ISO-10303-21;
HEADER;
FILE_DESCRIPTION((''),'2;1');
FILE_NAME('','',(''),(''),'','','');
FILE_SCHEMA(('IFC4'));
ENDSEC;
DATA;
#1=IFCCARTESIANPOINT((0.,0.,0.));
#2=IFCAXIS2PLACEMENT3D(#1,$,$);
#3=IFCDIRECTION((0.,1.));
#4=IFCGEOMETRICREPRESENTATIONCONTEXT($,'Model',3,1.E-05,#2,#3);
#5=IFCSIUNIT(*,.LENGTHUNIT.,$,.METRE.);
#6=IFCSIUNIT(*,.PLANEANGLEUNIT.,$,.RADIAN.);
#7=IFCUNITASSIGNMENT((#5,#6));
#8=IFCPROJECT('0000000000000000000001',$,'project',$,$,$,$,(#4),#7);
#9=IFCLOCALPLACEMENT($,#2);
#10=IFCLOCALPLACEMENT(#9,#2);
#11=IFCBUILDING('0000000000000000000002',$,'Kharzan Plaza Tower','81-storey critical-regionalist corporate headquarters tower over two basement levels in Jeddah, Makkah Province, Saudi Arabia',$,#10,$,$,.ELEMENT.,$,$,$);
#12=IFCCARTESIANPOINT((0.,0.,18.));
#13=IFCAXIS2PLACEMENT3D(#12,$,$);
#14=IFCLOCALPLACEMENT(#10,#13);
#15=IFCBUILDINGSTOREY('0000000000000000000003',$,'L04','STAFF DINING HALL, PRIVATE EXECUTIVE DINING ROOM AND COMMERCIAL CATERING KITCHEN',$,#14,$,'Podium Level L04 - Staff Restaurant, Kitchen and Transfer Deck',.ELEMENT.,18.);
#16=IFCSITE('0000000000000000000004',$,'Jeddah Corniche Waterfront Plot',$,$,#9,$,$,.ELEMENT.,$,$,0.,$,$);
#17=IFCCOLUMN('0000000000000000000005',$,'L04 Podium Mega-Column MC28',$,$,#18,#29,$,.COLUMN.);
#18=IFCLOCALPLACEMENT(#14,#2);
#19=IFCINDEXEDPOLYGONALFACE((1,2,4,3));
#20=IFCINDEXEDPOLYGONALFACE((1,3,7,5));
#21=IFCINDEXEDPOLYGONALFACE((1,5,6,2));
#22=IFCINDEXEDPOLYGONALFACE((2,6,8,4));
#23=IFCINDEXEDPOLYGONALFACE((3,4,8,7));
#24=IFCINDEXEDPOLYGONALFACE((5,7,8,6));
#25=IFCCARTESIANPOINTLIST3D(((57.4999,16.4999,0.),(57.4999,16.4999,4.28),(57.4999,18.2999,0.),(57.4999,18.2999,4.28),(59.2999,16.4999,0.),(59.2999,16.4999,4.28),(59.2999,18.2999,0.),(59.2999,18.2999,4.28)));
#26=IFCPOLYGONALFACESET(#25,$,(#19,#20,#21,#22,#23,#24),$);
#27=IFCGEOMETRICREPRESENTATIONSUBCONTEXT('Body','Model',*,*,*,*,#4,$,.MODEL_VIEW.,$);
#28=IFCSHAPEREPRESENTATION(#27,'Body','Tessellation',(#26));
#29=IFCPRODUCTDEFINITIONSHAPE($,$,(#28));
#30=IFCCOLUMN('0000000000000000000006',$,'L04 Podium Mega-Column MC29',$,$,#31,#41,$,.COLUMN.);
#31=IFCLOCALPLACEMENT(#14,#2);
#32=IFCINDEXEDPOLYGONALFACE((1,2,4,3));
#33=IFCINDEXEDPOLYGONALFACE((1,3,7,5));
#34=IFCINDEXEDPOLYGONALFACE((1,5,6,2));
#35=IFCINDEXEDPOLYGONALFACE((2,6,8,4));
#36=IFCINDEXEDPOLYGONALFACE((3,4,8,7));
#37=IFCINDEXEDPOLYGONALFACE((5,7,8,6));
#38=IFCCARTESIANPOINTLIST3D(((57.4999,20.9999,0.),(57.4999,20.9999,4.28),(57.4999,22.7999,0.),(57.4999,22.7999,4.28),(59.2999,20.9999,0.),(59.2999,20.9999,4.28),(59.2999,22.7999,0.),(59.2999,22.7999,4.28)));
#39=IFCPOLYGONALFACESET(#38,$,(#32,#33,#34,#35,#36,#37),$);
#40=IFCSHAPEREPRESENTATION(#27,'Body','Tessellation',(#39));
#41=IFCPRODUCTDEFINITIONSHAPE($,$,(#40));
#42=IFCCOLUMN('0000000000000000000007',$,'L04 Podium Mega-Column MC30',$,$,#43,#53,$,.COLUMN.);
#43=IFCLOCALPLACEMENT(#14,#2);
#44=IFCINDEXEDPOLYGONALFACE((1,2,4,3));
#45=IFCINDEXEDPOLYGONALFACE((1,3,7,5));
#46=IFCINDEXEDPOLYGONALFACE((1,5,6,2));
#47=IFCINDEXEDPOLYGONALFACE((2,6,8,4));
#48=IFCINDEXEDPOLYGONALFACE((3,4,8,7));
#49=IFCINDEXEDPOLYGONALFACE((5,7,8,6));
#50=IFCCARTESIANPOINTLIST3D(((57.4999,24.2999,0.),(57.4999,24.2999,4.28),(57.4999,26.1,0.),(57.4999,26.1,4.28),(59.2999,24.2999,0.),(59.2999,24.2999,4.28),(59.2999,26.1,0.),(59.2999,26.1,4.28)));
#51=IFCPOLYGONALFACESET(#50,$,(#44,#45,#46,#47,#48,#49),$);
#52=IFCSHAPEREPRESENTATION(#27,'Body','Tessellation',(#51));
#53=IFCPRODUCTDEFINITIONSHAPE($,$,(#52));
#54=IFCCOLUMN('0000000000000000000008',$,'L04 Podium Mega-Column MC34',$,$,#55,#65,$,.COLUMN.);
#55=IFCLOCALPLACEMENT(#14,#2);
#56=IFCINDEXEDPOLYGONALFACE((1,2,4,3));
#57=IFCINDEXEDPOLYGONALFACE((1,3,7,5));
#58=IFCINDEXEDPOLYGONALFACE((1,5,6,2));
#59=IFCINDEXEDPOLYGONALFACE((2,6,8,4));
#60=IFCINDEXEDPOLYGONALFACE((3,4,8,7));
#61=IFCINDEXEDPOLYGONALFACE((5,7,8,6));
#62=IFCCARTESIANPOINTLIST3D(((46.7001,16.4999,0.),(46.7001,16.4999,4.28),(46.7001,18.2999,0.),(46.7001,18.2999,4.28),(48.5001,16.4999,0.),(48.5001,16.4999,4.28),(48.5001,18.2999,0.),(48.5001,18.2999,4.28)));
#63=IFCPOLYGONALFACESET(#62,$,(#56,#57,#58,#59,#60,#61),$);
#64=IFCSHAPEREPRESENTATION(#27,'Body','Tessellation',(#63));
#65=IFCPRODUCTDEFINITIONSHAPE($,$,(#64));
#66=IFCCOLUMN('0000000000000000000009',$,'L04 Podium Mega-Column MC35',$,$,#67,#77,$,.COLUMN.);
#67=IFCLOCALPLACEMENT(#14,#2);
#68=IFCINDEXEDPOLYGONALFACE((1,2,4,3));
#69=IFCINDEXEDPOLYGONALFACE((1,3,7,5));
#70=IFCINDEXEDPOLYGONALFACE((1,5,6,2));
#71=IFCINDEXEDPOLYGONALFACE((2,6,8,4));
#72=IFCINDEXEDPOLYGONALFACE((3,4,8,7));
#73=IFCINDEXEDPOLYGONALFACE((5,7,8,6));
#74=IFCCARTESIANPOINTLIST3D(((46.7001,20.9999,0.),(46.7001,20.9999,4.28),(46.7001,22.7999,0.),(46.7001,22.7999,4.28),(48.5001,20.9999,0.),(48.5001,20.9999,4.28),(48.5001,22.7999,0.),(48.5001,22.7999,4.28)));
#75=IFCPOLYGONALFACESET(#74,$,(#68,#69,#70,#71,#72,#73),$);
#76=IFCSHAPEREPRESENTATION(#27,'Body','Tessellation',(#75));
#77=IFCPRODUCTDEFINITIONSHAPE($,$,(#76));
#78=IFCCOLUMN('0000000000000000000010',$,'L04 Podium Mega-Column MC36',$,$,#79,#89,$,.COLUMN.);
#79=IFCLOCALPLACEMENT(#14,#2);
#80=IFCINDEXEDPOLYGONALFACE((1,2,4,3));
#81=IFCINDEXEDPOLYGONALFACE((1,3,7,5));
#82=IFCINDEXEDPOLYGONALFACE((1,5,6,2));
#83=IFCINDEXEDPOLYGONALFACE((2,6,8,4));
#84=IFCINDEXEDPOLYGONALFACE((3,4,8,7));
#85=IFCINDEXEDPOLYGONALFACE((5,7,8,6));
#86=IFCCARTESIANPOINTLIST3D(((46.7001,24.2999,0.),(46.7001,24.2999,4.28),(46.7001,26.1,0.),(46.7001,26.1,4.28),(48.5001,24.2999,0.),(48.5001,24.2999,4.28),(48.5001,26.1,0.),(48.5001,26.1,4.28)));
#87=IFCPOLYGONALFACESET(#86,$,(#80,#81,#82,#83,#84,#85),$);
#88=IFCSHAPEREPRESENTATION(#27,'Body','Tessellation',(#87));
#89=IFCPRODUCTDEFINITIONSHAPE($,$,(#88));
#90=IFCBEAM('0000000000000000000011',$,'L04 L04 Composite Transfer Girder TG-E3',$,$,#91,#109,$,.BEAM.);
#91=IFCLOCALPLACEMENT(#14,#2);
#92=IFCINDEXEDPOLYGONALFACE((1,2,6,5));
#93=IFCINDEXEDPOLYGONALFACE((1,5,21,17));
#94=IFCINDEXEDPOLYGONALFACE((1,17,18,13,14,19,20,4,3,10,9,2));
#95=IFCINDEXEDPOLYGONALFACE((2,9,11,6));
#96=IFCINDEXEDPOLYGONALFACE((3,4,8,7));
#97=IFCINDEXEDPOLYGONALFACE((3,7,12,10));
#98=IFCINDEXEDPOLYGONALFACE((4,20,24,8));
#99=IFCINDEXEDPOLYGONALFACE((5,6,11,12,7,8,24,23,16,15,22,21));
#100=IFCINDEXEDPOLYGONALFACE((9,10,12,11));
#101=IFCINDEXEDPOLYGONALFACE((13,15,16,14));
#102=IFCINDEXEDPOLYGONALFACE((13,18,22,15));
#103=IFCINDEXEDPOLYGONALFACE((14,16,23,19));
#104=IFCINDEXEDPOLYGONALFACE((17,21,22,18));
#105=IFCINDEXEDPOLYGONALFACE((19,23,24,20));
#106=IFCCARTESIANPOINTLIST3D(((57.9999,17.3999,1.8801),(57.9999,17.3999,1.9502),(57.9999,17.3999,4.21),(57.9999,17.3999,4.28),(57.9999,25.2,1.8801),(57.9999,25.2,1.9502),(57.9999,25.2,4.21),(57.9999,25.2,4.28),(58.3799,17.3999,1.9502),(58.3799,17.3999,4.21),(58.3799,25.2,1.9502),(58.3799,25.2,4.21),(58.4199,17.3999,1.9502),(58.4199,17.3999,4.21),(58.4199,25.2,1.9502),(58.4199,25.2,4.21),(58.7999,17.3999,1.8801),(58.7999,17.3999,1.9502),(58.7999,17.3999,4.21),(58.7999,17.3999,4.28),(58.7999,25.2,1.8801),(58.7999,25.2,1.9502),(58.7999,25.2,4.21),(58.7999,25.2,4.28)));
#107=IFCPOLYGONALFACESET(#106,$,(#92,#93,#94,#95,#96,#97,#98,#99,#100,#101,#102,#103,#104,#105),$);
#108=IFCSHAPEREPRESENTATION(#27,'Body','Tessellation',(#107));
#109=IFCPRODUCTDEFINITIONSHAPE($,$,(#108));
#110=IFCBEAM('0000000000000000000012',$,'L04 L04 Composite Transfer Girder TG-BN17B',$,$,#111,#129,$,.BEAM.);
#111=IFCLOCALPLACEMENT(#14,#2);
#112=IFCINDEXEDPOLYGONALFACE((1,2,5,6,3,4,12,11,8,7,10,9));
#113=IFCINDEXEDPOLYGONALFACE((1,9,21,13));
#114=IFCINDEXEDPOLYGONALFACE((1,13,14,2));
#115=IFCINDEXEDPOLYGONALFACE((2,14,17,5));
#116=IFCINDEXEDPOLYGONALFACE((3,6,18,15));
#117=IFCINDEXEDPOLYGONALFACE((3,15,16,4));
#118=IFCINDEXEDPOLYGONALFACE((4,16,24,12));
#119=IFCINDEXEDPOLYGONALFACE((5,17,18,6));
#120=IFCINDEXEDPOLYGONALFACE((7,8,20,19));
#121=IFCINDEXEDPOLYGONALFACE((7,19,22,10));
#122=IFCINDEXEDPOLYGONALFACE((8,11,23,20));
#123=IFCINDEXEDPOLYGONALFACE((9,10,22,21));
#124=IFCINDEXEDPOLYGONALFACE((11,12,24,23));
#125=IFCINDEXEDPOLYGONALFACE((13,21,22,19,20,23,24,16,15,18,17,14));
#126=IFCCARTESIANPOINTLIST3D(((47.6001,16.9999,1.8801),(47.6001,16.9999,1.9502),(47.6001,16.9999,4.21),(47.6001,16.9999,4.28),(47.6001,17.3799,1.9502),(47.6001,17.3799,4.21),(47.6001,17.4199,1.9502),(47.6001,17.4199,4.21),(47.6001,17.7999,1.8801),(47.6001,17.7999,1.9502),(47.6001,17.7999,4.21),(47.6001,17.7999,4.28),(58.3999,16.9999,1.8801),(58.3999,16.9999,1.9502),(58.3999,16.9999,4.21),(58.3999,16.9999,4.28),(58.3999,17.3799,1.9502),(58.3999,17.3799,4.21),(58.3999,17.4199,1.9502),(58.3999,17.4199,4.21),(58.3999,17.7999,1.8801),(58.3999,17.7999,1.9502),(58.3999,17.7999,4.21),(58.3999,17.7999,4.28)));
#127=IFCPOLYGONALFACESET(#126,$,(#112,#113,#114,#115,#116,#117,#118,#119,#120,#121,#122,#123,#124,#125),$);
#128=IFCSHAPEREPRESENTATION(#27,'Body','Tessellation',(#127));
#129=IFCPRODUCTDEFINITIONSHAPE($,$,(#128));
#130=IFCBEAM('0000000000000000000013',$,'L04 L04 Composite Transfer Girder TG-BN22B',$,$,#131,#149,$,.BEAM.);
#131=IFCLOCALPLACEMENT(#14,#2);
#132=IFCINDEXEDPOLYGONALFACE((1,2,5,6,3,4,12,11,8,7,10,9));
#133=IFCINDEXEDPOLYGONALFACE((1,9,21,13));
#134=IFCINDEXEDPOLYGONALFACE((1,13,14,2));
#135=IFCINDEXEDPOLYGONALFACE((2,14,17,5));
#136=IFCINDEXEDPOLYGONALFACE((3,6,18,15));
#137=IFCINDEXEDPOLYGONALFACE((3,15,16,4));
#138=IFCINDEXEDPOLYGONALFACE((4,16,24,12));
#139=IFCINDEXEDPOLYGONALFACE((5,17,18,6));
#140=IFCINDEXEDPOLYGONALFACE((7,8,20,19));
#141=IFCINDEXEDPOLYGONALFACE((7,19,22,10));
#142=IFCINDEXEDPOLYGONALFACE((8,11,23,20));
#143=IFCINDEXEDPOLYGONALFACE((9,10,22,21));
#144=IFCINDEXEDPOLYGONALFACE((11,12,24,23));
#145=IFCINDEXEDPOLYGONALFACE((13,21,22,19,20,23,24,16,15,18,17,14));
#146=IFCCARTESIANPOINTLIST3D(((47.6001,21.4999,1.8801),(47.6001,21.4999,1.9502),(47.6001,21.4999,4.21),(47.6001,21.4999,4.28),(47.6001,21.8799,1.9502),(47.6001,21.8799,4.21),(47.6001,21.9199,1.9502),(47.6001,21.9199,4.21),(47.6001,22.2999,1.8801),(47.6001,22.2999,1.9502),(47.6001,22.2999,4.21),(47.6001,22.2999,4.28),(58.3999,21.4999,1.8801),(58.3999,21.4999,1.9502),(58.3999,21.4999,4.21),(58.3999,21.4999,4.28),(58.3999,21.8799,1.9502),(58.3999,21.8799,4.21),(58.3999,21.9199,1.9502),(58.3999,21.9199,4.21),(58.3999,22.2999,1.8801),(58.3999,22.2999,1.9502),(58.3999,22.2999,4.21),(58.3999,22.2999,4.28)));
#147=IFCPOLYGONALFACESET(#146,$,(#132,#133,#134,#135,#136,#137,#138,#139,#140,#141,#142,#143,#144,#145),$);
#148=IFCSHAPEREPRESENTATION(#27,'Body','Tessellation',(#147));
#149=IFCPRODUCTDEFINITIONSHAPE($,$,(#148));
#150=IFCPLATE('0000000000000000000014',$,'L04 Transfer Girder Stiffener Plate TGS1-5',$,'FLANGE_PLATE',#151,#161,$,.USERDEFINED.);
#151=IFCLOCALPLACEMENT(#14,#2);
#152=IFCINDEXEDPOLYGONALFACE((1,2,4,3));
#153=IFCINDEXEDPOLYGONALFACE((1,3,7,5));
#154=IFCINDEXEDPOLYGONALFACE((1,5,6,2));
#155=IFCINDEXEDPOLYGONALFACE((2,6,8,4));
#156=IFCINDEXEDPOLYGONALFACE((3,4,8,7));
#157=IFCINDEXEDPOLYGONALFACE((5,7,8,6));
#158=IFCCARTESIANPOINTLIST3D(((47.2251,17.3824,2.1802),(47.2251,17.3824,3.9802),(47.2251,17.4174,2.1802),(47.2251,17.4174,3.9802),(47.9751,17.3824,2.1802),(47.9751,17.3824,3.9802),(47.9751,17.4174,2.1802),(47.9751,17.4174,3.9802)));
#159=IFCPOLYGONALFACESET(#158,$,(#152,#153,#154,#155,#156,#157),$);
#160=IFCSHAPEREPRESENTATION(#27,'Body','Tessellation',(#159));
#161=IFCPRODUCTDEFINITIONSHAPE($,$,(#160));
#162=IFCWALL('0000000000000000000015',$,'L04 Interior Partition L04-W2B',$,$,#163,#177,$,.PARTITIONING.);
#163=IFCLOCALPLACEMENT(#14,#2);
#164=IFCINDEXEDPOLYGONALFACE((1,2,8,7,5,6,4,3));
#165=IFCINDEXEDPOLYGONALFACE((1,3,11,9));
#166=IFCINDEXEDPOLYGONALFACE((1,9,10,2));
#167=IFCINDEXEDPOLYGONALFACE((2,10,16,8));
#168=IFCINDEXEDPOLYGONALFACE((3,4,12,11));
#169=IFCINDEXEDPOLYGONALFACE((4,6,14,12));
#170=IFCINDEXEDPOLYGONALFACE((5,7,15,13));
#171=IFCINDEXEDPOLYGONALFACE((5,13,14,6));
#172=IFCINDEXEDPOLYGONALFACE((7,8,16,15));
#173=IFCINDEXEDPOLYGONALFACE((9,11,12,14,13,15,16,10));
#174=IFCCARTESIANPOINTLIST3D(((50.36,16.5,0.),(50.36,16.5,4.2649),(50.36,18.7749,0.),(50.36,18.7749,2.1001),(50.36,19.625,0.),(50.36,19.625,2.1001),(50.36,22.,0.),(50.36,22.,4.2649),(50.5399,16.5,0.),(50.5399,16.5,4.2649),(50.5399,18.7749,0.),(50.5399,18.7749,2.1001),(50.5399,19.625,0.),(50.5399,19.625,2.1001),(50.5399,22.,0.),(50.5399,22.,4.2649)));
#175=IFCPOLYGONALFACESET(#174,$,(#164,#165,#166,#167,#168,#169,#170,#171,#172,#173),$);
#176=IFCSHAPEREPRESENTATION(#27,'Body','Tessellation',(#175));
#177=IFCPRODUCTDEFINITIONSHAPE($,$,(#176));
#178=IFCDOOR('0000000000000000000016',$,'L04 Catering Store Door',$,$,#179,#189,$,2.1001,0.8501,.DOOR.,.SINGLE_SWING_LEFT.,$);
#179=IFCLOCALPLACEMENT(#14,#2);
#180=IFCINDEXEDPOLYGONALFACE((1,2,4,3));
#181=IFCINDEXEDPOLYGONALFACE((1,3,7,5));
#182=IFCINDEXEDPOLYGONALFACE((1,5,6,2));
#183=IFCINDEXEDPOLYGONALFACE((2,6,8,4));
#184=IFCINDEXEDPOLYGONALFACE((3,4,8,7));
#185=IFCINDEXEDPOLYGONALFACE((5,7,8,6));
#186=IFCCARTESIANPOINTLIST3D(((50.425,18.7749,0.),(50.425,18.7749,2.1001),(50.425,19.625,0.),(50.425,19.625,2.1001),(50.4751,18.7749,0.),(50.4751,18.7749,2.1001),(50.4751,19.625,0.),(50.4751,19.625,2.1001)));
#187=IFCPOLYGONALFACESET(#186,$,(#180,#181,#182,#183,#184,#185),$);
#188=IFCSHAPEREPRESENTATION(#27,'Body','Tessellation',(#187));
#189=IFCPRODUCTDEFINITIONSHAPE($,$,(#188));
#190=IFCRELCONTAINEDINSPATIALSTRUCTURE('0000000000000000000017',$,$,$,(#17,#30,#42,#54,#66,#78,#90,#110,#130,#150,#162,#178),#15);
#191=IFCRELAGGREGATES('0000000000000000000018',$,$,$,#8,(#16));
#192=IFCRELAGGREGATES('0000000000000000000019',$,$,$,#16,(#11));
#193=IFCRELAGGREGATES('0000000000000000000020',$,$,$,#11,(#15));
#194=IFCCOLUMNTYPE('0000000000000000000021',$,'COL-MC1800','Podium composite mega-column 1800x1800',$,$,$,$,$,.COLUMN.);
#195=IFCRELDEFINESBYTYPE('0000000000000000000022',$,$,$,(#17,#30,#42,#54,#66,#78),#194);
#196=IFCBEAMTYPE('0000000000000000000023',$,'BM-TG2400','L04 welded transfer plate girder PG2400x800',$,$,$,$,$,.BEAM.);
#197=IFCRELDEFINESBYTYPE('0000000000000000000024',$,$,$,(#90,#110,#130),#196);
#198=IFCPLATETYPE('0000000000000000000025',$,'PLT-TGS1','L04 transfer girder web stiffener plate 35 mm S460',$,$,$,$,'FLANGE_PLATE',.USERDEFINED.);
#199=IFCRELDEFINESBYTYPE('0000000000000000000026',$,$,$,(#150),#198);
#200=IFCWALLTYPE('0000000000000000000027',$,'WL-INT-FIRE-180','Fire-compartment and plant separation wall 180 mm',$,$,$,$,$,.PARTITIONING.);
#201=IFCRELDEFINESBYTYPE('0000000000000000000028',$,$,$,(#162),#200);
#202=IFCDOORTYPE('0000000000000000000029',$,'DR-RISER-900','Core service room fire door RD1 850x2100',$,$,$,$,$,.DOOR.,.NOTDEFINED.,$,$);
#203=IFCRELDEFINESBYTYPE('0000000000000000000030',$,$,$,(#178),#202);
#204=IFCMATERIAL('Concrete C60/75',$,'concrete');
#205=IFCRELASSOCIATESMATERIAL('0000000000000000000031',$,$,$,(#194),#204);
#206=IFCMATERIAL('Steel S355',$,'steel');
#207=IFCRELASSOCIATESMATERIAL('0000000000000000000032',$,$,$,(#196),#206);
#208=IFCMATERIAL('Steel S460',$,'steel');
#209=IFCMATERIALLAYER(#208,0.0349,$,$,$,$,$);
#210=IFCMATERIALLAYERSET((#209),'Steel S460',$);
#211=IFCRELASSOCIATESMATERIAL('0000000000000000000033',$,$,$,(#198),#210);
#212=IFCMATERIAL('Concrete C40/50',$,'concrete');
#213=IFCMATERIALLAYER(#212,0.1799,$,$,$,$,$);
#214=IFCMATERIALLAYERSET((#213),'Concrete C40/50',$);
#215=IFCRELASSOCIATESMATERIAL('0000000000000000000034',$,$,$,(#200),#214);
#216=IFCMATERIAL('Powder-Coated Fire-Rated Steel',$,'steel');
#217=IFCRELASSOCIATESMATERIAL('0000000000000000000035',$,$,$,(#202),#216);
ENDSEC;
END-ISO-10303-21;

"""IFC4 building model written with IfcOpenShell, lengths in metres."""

from ifc_helpers import new_model, si_unit, direction, frame, frame_2d, origin, origin_2d, place, context, subcontext, project, spatial, rectangle, i_section, extrude, source, transform, mapped, material, layer, layer_set, material_profile, profile_set, type_object, element, fill, save


model = new_model("IFC4")

# Units and contexts
model_context = context("Model", 3, precision=1e-05, world=origin(), true_north=direction((0.0, 1.0)))
body_context = subcontext(model_context, "Body", "Model", "MODEL_VIEW")
ifc_project = project(units=[si_unit("LENGTHUNIT", "METRE"), si_unit("PLANEANGLEUNIT", "RADIAN")], contexts=[model_context])

# Site, building, storey
site_placement = place(None, origin())
site = spatial("IfcSite", under=ifc_project, at=site_placement, Name="Jeddah Corniche Waterfront Plot", CompositionType="ELEMENT", RefElevation=0.0)
building_placement = place(site_placement, origin())
building = spatial("IfcBuilding", under=site, at=building_placement, Name="Kharzan Plaza Tower", Description="81-storey critical-regionalist corporate headquarters tower over two basement levels in Jeddah, Makkah Province, Saudi Arabia", CompositionType="ELEMENT")
storey_placement = place(building_placement, frame((0.0, 0.0, 18.0)))
storey = spatial("IfcBuildingStorey", under=building, at=storey_placement, Name="L04", Description="STAFF DINING HALL, PRIVATE EXECUTIVE DINING ROOM AND COMMERCIAL CATERING KITCHEN", LongName="Podium Level L04 - Staff Restaurant, Kitchen and Transfer Deck", CompositionType="ELEMENT", Elevation=18.0)

# Columns
ifc_material_1 = material(Name="Concrete C60/75", Category="concrete")
ifc_material_profile_1 = material_profile(ifc_material_1, rectangle(XDim=1.8, YDim=1.8, at=origin_2d()), Name="RC-MC1800x1800")
ifc_profile_set_1 = profile_set([ifc_material_profile_1], Name="Concrete C60/75")
column_type = type_object("IfcColumnType", Name="COL-MC1800", Description="Podium composite mega-column 1800x1800", PredefinedType="COLUMN", material=ifc_profile_set_1)
shared_shape_1 = source(origin(), body_context, "Body", "SweptSolid", [
    extrude(rectangle(XDim=1.8, YDim=1.8, at=origin_2d()), origin(), (0.0, 0.0, 1.0), 4.28),
])
for number, where, z_axis, x_axis, name in (
    (1, (58.3999, 17.3999, 0.0), (0.0, 0.0, 1.0), (1.0, 0.0, 0.0), "L04 Podium Mega-Column MC28"),
    (2, (58.3999, 21.8999, 0.0), (0.0, 0.0, 1.0), (1.0, 0.0, 0.0), "L04 Podium Mega-Column MC29"),
    (3, (58.3999, 25.2, 0.0), (0.0, 0.0, 1.0), (1.0, 0.0, 0.0), "L04 Podium Mega-Column MC30"),
    (4, (47.6001, 17.3999, 0.0), (0.0, 0.0, 1.0), (1.0, 0.0, 0.0), "L04 Podium Mega-Column MC34"),
    (5, (47.6001, 21.8999, 0.0), (0.0, 0.0, 1.0), (1.0, 0.0, 0.0), "L04 Podium Mega-Column MC35"),
    (6, (47.6001, 25.2, 0.0), (0.0, 0.0, 1.0), (1.0, 0.0, 0.0), "L04 Podium Mega-Column MC36"),
):
    element("IfcColumn", number, at=place(storey_placement, frame(where, z_axis=z_axis, x_axis=x_axis)), inside=storey, type_object=column_type, Name=name, PredefinedType="COLUMN", context=body_context, shape_type="MappedRepresentation", body=[
        mapped(shared_shape_1, transform((0.0, 0.0, 0.0), x_axis=(1.0, 0.0, 0.0), y_axis=(0.0, 1.0, 0.0), z_axis=(0.0, 0.0, 1.0))),
    ])

# Beams
ifc_material_2 = material(Name="Steel S355", Category="steel")
ifc_material_profile_2 = material_profile(ifc_material_2, i_section(OverallWidth=0.8, OverallDepth=2.3999, WebThickness=0.04, FlangeThickness=0.0701, at=origin_2d()), Name="PG2400x800")
ifc_profile_set_2 = profile_set([ifc_material_profile_2], Name="Steel S355")
beam_type = type_object("IfcBeamType", Name="BM-TG2400", Description="L04 welded transfer plate girder PG2400x800", PredefinedType="BEAM", material=ifc_profile_set_2)
shared_shape_2 = source(origin(), body_context, "Body", "SweptSolid", [
    extrude(i_section(OverallWidth=0.8, OverallDepth=2.3999, WebThickness=0.04, FlangeThickness=0.0701, at=origin_2d()), origin(), (0.0, 0.0, 1.0), 7.8),
])
beam_placement = place(storey_placement, frame((58.3999, 17.3999, 3.0801), z_axis=(0.0, 1.0, 0.0), x_axis=(-1.0, 0.0, 0.0)))
element("IfcBeam", 7, at=beam_placement, inside=storey, type_object=beam_type, Name="L04 L04 Composite Transfer Girder TG-E3", PredefinedType="BEAM", context=body_context, shape_type="MappedRepresentation", body=[
    mapped(shared_shape_2, transform((0.0, 0.0, 0.0), x_axis=(1.0, 0.0, 0.0), y_axis=(0.0, 1.0, 0.0), z_axis=(0.0, 0.0, 1.0))),
])
shared_shape_3 = source(origin(), body_context, "Body", "SweptSolid", [
    extrude(i_section(OverallWidth=0.8, OverallDepth=2.3999, WebThickness=0.04, FlangeThickness=0.0701, at=origin_2d()), origin(), (0.0, 0.0, 1.0), 10.7998),
])
for number, where, z_axis, x_axis, name in (
    (8, (47.6001, 17.3999, 3.0801), (1.0, 0.0, 0.0), (0.0, 1.0, 0.0), "L04 L04 Composite Transfer Girder TG-BN17B"),
    (9, (47.6001, 21.8999, 3.0801), (1.0, 0.0, 0.0), (0.0, 1.0, 0.0), "L04 L04 Composite Transfer Girder TG-BN22B"),
):
    element("IfcBeam", number, at=place(storey_placement, frame(where, z_axis=z_axis, x_axis=x_axis)), inside=storey, type_object=beam_type, Name=name, PredefinedType="BEAM", context=body_context, shape_type="MappedRepresentation", body=[
        mapped(shared_shape_3, transform((0.0, 0.0, 0.0), x_axis=(1.0, 0.0, 0.0), y_axis=(0.0, 1.0, 0.0), z_axis=(0.0, 0.0, 1.0))),
    ])

# Plate
ifc_material_3 = material(Name="Steel S460", Category="steel")
ifc_layer_1 = layer(ifc_material_3, 0.0349)
ifc_layer_set_1 = layer_set([ifc_layer_1], Name="Steel S460")
plate_type = type_object("IfcPlateType", Name="PLT-TGS1", Description="L04 transfer girder web stiffener plate 35 mm S460", ElementType="FLANGE_PLATE", PredefinedType="USERDEFINED", material=ifc_layer_set_1)
shared_shape_4 = source(origin(), body_context, "Body", "SweptSolid", [
    extrude(rectangle(XDim=0.75, YDim=0.0349, at=origin_2d()), origin(), (0.0, 0.0, 1.0), 1.8),
])
plate_placement = place(storey_placement, frame((47.6001, 17.3999, 2.1802), z_axis=(0.0, 0.0, 1.0), x_axis=(1.0, 0.0, 0.0)))
element("IfcPlate", 10, at=plate_placement, inside=storey, type_object=plate_type, Name="L04 Transfer Girder Stiffener Plate TGS1-5", ObjectType="FLANGE_PLATE", PredefinedType="USERDEFINED", context=body_context, shape_type="MappedRepresentation", body=[
    mapped(shared_shape_4, transform((0.0, 0.0, 0.0), x_axis=(1.0, 0.0, 0.0), y_axis=(0.0, 1.0, 0.0), z_axis=(0.0, 0.0, 1.0))),
])

# Wall, opening, door
ifc_material_4 = material(Name="Concrete C40/50", Category="concrete")
ifc_layer_2 = layer(ifc_material_4, 0.1799)
ifc_layer_set_2 = layer_set([ifc_layer_2], Name="Concrete C40/50")
wall_type_1 = type_object("IfcWallType", Name="WL-INT-FIRE-180", Description="Fire-compartment and plant separation wall 180 mm", PredefinedType="PARTITIONING", material=ifc_layer_set_2)
wall_1_placement = place(storey_placement, frame((50.45, 16.5, 0.0), z_axis=(0.0, 0.0, 1.0), x_axis=(0.0, 1.0, 0.0)))
wall_1 = element("IfcWall", 11, at=wall_1_placement, inside=storey, type_object=wall_type_1, Name="L04 Interior Partition L04-W2B", PredefinedType="PARTITIONING", context=body_context, shape_type="SweptSolid", body=[
    extrude(rectangle(XDim=5.5, YDim=0.1799, at=frame_2d((2.75, 0.0))), origin(), (0.0, 0.0, 1.0), 4.2649),
])
opening_1_placement = place(wall_1_placement, frame((2.2749, 0.0, 0.0)))
opening_1 = element("IfcOpeningElement", 12, at=opening_1_placement, cuts=wall_1, PredefinedType="OPENING", context=body_context, shape_type="SweptSolid", body=[
    extrude(rectangle(XDim=0.8501, YDim=2.1001, at=frame_2d((0.425, 1.05))), frame((0.0, 0.0999, 0.0), z_axis=(0.0, -1.0, 0.0), x_axis=(1.0, 0.0, 0.0)), (0.0, 0.0, 1.0), 0.2),
])
ifc_material_5 = material(Name="Powder-Coated Fire-Rated Steel", Category="steel")
door_type = type_object("IfcDoorType", Name="DR-RISER-900", Description="Core service room fire door RD1 850x2100", OperationType="NOTDEFINED", PredefinedType="DOOR", material=ifc_material_5)
shared_shape_5 = source(origin(), body_context, "Body", "SweptSolid", [
    extrude(rectangle(XDim=0.8501, YDim=2.1001, at=frame_2d((0.425, 1.05))), frame((0.0, 0.0249, 0.0), z_axis=(0.0, -1.0, 0.0), x_axis=(1.0, 0.0, 0.0)), (0.0, 0.0, 1.0), 0.05),
])
door_placement = place(opening_1_placement, origin())
door = element("IfcDoor", 13, at=door_placement, inside=storey, type_object=door_type, Name="L04 Catering Store Door", OperationType="SINGLE_SWING_LEFT", OverallHeight=2.1001, OverallWidth=0.8501, PredefinedType="DOOR", context=body_context, shape_type="MappedRepresentation", body=[
    mapped(shared_shape_5, transform((0.0, 0.0, 0.0), x_axis=(1.0, 0.0, 0.0), y_axis=(0.0, 1.0, 0.0), z_axis=(0.0, 0.0, 1.0))),
])
fill(opening_1, door)

save(model, "model.ifc")
